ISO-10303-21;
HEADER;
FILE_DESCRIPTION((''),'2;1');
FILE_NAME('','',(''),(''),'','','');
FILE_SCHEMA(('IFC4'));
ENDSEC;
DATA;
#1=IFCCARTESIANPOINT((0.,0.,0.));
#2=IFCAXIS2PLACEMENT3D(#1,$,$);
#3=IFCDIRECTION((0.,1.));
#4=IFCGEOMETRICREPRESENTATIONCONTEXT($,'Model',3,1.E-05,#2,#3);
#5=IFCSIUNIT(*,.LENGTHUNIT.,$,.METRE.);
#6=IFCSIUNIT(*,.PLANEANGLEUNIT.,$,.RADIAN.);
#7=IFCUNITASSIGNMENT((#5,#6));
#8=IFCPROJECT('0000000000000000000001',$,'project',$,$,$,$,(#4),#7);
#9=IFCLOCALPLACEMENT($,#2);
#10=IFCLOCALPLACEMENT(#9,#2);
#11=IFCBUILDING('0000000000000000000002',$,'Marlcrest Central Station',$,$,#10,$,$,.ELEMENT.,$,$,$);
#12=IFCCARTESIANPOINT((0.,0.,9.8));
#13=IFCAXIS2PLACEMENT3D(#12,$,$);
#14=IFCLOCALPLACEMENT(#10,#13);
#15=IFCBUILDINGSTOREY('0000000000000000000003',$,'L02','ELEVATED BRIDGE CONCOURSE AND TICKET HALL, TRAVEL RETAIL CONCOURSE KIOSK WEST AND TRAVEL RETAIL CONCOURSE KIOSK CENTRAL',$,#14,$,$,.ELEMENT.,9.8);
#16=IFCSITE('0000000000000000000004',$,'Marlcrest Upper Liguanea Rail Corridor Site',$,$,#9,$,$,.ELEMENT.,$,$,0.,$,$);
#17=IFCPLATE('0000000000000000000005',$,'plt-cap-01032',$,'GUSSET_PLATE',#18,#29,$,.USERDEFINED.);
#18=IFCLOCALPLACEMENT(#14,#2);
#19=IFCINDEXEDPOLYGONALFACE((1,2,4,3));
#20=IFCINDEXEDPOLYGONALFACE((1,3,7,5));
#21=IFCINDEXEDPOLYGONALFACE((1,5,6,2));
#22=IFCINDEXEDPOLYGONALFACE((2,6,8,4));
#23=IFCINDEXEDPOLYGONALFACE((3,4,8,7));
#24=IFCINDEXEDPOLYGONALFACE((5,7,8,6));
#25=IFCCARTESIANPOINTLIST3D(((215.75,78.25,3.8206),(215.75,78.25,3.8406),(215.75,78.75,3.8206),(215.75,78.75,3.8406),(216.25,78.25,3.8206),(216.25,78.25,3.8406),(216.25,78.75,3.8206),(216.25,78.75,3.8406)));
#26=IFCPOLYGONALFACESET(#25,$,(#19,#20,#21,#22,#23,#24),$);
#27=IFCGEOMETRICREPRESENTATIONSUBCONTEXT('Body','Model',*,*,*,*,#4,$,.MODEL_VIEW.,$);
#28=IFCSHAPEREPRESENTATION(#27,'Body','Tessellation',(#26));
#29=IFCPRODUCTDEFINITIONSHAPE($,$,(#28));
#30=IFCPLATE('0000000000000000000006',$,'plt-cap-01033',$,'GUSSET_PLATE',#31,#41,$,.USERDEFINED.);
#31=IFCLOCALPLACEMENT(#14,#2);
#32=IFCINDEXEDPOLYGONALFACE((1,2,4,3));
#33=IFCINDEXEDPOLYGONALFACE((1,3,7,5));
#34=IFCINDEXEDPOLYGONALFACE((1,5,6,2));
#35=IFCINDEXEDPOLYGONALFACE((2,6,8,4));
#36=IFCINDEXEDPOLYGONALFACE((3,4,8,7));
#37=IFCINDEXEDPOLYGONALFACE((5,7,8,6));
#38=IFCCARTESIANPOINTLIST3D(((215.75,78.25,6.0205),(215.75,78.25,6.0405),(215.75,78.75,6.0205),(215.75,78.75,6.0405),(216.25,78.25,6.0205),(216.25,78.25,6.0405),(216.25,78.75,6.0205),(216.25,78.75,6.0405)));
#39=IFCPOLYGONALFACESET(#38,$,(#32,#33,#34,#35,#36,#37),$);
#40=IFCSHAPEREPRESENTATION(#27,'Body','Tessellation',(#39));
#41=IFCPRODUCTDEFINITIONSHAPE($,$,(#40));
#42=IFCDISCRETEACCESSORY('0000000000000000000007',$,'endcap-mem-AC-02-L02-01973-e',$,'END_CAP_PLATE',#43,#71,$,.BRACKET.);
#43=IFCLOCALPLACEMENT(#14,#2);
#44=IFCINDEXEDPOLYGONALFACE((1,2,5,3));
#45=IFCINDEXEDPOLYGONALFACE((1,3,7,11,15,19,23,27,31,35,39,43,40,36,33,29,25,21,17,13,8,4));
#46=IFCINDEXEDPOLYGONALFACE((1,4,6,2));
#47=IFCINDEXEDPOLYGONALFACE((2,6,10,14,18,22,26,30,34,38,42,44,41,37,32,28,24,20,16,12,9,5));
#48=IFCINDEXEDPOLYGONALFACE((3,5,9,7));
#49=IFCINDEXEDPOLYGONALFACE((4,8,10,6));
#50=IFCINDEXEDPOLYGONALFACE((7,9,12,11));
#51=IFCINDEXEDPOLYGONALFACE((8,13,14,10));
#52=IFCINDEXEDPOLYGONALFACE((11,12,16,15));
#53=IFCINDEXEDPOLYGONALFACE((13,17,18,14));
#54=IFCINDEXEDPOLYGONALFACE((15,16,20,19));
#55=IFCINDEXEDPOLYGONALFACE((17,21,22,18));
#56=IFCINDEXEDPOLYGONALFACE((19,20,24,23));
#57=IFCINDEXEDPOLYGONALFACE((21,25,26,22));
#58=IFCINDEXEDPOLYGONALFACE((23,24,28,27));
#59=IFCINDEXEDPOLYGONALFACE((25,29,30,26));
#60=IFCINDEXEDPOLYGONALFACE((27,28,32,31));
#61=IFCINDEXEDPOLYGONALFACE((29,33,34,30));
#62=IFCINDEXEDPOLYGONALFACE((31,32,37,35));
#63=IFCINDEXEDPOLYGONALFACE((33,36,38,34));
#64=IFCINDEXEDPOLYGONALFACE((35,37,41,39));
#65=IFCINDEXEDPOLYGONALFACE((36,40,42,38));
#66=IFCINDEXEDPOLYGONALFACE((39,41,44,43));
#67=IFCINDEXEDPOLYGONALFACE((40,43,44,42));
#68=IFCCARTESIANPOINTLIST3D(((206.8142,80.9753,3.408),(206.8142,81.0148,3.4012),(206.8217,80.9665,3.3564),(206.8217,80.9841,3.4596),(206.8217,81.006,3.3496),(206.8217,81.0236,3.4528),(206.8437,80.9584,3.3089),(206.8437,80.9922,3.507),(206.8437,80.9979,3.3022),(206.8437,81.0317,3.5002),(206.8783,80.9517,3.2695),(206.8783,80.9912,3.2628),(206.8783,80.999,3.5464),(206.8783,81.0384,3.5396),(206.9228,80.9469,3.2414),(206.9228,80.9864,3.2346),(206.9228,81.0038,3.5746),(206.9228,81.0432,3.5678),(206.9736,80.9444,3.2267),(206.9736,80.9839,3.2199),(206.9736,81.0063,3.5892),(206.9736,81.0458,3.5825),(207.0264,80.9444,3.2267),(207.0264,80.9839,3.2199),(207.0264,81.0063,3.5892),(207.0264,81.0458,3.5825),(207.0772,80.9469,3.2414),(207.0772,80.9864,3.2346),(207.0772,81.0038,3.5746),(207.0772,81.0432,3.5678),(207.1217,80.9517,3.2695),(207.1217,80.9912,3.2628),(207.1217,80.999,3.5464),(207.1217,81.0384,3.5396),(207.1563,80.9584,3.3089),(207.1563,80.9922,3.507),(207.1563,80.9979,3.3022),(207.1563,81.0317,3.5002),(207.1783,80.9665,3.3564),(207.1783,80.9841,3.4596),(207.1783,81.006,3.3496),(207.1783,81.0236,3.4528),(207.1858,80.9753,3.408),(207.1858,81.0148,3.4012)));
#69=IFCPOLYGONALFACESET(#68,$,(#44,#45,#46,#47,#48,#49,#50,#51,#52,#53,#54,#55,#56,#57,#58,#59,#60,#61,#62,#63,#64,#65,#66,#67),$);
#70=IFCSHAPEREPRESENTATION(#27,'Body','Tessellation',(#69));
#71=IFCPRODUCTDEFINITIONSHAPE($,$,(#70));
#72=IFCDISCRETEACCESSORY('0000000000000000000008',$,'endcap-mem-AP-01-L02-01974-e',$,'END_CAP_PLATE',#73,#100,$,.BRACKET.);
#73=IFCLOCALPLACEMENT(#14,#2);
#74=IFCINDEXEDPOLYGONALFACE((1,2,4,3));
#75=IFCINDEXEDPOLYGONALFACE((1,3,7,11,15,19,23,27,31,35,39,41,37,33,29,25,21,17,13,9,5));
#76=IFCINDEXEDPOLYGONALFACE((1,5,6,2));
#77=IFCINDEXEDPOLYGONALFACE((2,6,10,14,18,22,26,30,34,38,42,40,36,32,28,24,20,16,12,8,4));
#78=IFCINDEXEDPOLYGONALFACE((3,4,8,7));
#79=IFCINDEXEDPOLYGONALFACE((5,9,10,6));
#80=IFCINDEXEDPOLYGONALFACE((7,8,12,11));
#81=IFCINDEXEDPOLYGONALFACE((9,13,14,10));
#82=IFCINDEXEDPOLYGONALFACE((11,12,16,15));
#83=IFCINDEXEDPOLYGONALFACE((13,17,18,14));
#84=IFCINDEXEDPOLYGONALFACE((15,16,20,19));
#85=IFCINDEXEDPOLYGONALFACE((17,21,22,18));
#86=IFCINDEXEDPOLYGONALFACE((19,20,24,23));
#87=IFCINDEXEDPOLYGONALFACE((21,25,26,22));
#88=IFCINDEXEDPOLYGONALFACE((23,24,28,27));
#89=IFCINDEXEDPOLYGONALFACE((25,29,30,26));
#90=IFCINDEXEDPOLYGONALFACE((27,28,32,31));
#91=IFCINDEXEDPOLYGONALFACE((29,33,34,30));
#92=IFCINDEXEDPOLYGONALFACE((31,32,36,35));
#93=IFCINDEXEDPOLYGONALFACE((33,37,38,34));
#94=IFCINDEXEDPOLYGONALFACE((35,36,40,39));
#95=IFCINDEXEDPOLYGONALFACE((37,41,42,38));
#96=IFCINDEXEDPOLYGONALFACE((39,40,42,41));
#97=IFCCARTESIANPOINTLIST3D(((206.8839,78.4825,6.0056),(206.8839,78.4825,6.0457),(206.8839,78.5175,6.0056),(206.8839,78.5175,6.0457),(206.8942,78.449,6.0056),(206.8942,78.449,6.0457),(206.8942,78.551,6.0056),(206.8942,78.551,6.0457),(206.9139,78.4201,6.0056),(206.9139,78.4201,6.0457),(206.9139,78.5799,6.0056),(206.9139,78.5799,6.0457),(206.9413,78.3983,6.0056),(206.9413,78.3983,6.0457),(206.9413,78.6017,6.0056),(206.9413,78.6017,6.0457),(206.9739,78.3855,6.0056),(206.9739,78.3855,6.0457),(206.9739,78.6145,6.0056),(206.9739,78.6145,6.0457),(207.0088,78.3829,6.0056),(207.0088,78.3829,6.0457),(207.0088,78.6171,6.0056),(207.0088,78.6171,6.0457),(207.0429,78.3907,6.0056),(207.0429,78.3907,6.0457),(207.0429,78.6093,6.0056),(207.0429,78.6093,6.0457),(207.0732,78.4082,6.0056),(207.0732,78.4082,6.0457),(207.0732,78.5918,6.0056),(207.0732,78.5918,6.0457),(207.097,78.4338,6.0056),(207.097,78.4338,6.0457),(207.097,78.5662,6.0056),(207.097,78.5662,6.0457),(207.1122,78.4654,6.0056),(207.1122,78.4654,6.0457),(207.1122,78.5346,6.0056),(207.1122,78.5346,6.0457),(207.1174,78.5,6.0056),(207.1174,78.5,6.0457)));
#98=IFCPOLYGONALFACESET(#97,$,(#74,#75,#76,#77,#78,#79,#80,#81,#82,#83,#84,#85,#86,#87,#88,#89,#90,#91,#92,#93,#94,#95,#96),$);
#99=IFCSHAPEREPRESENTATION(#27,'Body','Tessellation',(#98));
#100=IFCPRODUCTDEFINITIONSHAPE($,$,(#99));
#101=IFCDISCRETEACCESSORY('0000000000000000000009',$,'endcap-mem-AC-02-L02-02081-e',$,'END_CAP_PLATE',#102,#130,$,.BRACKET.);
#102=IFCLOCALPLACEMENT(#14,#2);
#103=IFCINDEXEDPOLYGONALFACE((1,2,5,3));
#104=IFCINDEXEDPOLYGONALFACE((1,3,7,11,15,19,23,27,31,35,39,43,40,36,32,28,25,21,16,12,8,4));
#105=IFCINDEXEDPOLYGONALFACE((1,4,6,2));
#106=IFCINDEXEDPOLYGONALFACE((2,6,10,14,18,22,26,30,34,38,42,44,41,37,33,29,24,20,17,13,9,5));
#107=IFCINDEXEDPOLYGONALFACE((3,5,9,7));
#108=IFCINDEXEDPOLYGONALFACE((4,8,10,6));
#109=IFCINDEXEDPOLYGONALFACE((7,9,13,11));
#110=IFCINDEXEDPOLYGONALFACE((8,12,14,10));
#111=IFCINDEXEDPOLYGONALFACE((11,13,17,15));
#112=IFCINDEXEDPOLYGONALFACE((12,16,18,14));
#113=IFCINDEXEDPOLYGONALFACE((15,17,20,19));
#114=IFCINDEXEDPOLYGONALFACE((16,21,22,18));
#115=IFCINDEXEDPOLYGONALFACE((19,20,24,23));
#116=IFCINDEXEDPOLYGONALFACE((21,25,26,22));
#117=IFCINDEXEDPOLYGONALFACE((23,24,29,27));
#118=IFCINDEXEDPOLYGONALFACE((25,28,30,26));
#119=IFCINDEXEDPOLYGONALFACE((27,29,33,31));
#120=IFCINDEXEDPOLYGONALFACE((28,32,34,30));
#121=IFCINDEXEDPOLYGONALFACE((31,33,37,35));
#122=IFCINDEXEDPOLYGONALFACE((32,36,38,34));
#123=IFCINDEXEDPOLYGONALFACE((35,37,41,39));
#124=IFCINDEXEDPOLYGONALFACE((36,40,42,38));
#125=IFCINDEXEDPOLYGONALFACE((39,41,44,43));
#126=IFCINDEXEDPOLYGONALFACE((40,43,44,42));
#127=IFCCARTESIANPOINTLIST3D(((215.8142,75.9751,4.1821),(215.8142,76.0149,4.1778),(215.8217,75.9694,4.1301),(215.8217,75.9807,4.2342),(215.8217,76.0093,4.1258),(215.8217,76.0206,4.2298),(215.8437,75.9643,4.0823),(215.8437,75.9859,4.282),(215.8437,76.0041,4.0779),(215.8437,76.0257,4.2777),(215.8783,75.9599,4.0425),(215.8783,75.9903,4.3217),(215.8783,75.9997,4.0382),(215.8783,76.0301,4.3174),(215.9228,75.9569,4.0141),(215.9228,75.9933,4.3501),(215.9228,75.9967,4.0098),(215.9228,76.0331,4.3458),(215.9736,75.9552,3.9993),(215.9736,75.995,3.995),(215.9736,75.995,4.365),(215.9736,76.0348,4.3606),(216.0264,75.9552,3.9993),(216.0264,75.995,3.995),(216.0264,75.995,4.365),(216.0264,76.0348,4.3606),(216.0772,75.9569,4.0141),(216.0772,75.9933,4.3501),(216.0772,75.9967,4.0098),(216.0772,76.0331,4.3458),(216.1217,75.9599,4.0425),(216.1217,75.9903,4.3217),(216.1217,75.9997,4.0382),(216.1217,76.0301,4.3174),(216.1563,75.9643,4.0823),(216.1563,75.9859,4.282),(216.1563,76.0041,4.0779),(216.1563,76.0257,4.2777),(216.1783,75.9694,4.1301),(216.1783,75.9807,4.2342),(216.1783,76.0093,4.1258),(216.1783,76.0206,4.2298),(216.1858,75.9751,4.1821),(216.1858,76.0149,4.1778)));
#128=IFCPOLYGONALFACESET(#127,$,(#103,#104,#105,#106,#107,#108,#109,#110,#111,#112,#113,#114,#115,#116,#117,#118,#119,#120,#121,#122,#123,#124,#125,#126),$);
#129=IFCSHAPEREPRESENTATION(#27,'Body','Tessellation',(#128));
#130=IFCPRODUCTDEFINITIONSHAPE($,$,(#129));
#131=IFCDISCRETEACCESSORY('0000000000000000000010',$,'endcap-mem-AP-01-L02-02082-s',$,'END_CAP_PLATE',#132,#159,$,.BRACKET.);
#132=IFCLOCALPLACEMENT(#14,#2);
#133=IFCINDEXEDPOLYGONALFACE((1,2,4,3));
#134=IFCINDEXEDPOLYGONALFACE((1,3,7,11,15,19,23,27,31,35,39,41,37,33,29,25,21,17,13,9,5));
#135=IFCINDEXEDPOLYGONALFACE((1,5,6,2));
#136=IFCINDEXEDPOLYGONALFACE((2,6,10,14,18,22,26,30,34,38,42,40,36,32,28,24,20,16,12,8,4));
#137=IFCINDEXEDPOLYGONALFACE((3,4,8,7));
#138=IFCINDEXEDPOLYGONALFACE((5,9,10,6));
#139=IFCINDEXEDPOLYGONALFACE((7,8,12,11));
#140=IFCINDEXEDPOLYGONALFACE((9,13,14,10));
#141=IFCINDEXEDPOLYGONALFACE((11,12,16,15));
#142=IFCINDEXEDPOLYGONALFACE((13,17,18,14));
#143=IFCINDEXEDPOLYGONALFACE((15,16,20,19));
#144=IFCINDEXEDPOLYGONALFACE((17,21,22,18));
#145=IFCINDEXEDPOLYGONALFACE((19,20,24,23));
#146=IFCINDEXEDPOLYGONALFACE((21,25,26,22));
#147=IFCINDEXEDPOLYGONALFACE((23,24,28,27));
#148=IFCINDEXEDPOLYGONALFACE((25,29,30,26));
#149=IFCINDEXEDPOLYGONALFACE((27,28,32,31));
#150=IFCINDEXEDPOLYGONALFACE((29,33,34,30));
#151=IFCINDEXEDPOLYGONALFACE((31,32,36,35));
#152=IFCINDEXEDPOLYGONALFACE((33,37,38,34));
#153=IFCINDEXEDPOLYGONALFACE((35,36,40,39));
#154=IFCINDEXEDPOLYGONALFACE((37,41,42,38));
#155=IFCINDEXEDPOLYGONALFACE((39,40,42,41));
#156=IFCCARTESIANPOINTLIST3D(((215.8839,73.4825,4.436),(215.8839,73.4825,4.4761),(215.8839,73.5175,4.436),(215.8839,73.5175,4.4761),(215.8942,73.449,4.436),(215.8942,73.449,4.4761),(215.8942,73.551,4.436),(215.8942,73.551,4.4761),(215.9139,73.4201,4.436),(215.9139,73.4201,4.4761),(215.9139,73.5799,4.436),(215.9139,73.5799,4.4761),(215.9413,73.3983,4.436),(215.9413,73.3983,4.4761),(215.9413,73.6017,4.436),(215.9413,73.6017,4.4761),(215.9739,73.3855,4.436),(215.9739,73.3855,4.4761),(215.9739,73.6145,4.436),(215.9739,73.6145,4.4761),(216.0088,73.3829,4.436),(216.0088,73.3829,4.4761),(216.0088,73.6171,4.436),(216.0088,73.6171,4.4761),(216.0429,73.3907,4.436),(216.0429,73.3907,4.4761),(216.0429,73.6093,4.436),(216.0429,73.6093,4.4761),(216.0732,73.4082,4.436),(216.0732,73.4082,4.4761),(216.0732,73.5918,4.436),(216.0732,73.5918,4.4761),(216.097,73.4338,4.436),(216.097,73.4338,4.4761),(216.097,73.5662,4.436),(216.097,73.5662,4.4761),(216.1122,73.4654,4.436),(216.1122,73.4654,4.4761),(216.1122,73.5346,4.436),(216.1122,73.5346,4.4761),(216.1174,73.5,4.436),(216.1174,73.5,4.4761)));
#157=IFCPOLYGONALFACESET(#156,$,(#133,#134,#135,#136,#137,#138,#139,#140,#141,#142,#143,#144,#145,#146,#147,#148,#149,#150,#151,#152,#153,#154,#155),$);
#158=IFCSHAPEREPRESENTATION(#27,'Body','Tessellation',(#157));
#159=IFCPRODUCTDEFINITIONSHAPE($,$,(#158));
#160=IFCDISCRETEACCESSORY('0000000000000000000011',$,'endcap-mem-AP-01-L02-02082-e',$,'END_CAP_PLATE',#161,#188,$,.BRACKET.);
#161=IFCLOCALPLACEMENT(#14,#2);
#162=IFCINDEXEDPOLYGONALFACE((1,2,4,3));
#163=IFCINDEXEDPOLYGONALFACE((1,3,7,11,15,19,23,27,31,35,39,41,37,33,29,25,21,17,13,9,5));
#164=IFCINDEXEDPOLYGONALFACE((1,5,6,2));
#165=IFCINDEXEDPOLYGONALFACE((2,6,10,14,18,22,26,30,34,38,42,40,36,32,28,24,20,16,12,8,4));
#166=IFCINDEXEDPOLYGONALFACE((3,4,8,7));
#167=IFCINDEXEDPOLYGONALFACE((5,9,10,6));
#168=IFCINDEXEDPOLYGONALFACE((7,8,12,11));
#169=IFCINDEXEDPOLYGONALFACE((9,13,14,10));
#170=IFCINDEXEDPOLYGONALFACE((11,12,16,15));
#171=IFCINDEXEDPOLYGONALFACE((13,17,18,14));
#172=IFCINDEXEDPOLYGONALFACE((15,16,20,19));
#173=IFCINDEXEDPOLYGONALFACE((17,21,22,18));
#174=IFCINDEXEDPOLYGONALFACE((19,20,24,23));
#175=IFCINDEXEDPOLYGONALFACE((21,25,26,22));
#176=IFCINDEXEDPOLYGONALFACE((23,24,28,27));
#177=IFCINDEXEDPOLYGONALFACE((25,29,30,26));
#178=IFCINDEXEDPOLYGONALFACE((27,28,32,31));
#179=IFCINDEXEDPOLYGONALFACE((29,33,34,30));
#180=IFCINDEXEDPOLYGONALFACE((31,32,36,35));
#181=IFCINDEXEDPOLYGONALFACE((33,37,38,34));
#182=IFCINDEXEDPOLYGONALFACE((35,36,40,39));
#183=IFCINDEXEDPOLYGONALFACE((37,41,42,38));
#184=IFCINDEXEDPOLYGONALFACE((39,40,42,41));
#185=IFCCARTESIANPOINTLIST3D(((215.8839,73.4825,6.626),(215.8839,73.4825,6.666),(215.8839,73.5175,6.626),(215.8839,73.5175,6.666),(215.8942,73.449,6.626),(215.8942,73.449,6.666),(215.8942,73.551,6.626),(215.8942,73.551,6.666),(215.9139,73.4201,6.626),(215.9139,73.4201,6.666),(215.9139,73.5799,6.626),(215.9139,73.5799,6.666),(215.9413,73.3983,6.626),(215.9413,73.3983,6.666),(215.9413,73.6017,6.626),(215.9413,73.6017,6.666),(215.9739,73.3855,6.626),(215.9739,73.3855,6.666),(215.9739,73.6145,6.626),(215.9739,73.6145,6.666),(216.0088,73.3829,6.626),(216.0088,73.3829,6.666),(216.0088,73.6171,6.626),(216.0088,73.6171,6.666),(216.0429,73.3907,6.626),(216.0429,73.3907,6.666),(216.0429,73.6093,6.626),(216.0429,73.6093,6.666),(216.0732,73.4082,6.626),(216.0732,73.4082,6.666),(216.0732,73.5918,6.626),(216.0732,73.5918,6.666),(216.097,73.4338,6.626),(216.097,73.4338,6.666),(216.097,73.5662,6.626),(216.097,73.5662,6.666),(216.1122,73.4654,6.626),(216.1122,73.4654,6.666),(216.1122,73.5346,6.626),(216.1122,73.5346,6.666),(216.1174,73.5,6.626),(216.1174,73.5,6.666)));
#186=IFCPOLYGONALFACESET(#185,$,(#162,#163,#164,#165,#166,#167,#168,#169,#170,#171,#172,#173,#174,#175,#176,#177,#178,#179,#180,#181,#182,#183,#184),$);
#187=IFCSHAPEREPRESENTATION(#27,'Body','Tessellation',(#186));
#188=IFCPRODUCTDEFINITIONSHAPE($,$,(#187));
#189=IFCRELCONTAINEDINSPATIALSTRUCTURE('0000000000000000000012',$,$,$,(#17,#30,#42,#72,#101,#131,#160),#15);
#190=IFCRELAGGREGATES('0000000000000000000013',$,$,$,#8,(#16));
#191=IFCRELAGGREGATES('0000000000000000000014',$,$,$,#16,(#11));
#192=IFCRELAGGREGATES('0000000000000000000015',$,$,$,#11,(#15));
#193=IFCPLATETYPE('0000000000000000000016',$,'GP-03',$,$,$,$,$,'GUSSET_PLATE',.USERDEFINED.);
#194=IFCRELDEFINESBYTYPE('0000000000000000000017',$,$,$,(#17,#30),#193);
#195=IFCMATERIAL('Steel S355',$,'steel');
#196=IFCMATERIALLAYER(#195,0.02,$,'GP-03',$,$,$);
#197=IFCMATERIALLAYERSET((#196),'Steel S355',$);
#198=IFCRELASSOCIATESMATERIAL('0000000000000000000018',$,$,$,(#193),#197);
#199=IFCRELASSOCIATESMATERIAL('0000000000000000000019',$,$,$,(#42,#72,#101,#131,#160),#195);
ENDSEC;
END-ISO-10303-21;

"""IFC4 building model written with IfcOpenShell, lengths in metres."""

from ifc_helpers import new_model, si_unit, direction, frame, origin, origin_2d, place, context, subcontext, project, spatial, rectangle, circle, extrude, material, layer, layer_set, type_object, element, save


model = new_model("IFC4")

# Units and contexts
model_context = context("Model", 3, precision=1e-05, world=origin(), true_north=direction((0.0, 1.0)))
body_context = subcontext(model_context, "Body", "Model", "MODEL_VIEW")
ifc_project = project(units=[si_unit("LENGTHUNIT", "METRE"), si_unit("PLANEANGLEUNIT", "RADIAN")], contexts=[model_context])

# Site, building, storey
site_placement = place(None, origin())
site = spatial("IfcSite", under=ifc_project, at=site_placement, Name="Marlcrest Upper Liguanea Rail Corridor Site", CompositionType="ELEMENT", RefElevation=0.0)
building_placement = place(site_placement, origin())
building = spatial("IfcBuilding", under=site, at=building_placement, Name="Marlcrest Central Station", CompositionType="ELEMENT")
storey_placement = place(building_placement, frame((0.0, 0.0, 9.8)))
storey = spatial("IfcBuildingStorey", under=building, at=storey_placement, Name="L02", Description="ELEVATED BRIDGE CONCOURSE AND TICKET HALL, TRAVEL RETAIL CONCOURSE KIOSK WEST AND TRAVEL RETAIL CONCOURSE KIOSK CENTRAL", CompositionType="ELEMENT", Elevation=9.8)

# Shared definitions
ifc_material = material(Name="Steel S355", Category="steel")

# Plates
ifc_layer = layer(ifc_material, 0.02, Name="GP-03")
ifc_layer_set = layer_set([ifc_layer], Name="Steel S355")
plate_type = type_object("IfcPlateType", Name="GP-03", ElementType="GUSSET_PLATE", PredefinedType="USERDEFINED", material=ifc_layer_set)
for number, where, z_axis, x_axis, name in (
    (1, (216.0, 78.5, 3.8206), (0.0, 0.0, 1.0), (1.0, 0.0, 0.0), "plt-cap-01032"),
    (2, (216.0, 78.5, 6.0205), (0.0, 0.0, 1.0), (1.0, 0.0, 0.0), "plt-cap-01033"),
):
    element("IfcPlate", number, at=place(storey_placement, frame(where, z_axis=z_axis, x_axis=x_axis)), inside=storey, type_object=plate_type, Name=name, ObjectType="GUSSET_PLATE", PredefinedType="USERDEFINED", context=body_context, shape_type="SweptSolid", body=[
        extrude(rectangle(XDim=0.5, YDim=0.5, at=origin_2d()), origin(), (0.0, 0.0, 1.0), 0.02),
    ])

# Discrete accessories
discrete_accessory_1_placement = place(storey_placement, frame((207.0, 80.9753, 3.408), z_axis=(0.0, 0.985741, -0.168269), x_axis=(-1.0, 0.0, 0.0)))
element("IfcDiscreteAccessory", 3, at=discrete_accessory_1_placement, inside=storey, material=ifc_material, Name="endcap-mem-AC-02-L02-01973-e", ObjectType="END_CAP_PLATE", PredefinedType="BRACKET", context=body_context, shape_type="SweptSolid", body=[
    extrude(circle(Radius=0.1858, at=origin_2d()), origin(), (0.0, 0.0, 1.0), 0.04),
])
discrete_accessory_2_placement = place(storey_placement, frame((207.0, 78.5, 6.0056), z_axis=(0.0, 0.0, 1.0), x_axis=(1.0, 0.0, 0.0)))
element("IfcDiscreteAccessory", 4, at=discrete_accessory_2_placement, inside=storey, material=ifc_material, Name="endcap-mem-AP-01-L02-01974-e", ObjectType="END_CAP_PLATE", PredefinedType="BRACKET", context=body_context, shape_type="SweptSolid", body=[
    extrude(circle(Radius=0.1174, at=origin_2d()), origin(), (0.0, 0.0, 1.0), 0.04),
])
discrete_accessory_3_placement = place(storey_placement, frame((216.0, 75.9751, 4.1821), z_axis=(0.0, 0.994155, -0.107959), x_axis=(-1.0, 0.0, 0.0)))
element("IfcDiscreteAccessory", 5, at=discrete_accessory_3_placement, inside=storey, material=ifc_material, Name="endcap-mem-AC-02-L02-02081-e", ObjectType="END_CAP_PLATE", PredefinedType="BRACKET", context=body_context, shape_type="SweptSolid", body=[
    extrude(circle(Radius=0.1858, at=origin_2d()), origin(), (0.0, 0.0, 1.0), 0.04),
])
for number, where, z_axis, x_axis, name in (
    (6, (216.0, 73.5, 4.436), (0.0, 0.0, 1.0), (1.0, 0.0, 0.0), "endcap-mem-AP-01-L02-02082-s"),
    (7, (216.0, 73.5, 6.626), (0.0, 0.0, 1.0), (1.0, 0.0, 0.0), "endcap-mem-AP-01-L02-02082-e"),
):
    element("IfcDiscreteAccessory", number, at=place(storey_placement, frame(where, z_axis=z_axis, x_axis=x_axis)), inside=storey, material=ifc_material, Name=name, ObjectType="END_CAP_PLATE", PredefinedType="BRACKET", context=body_context, shape_type="SweptSolid", body=[
        extrude(circle(Radius=0.1174, at=origin_2d()), origin(), (0.0, 0.0, 1.0), 0.04),
    ])

save(model, "model.ifc")
